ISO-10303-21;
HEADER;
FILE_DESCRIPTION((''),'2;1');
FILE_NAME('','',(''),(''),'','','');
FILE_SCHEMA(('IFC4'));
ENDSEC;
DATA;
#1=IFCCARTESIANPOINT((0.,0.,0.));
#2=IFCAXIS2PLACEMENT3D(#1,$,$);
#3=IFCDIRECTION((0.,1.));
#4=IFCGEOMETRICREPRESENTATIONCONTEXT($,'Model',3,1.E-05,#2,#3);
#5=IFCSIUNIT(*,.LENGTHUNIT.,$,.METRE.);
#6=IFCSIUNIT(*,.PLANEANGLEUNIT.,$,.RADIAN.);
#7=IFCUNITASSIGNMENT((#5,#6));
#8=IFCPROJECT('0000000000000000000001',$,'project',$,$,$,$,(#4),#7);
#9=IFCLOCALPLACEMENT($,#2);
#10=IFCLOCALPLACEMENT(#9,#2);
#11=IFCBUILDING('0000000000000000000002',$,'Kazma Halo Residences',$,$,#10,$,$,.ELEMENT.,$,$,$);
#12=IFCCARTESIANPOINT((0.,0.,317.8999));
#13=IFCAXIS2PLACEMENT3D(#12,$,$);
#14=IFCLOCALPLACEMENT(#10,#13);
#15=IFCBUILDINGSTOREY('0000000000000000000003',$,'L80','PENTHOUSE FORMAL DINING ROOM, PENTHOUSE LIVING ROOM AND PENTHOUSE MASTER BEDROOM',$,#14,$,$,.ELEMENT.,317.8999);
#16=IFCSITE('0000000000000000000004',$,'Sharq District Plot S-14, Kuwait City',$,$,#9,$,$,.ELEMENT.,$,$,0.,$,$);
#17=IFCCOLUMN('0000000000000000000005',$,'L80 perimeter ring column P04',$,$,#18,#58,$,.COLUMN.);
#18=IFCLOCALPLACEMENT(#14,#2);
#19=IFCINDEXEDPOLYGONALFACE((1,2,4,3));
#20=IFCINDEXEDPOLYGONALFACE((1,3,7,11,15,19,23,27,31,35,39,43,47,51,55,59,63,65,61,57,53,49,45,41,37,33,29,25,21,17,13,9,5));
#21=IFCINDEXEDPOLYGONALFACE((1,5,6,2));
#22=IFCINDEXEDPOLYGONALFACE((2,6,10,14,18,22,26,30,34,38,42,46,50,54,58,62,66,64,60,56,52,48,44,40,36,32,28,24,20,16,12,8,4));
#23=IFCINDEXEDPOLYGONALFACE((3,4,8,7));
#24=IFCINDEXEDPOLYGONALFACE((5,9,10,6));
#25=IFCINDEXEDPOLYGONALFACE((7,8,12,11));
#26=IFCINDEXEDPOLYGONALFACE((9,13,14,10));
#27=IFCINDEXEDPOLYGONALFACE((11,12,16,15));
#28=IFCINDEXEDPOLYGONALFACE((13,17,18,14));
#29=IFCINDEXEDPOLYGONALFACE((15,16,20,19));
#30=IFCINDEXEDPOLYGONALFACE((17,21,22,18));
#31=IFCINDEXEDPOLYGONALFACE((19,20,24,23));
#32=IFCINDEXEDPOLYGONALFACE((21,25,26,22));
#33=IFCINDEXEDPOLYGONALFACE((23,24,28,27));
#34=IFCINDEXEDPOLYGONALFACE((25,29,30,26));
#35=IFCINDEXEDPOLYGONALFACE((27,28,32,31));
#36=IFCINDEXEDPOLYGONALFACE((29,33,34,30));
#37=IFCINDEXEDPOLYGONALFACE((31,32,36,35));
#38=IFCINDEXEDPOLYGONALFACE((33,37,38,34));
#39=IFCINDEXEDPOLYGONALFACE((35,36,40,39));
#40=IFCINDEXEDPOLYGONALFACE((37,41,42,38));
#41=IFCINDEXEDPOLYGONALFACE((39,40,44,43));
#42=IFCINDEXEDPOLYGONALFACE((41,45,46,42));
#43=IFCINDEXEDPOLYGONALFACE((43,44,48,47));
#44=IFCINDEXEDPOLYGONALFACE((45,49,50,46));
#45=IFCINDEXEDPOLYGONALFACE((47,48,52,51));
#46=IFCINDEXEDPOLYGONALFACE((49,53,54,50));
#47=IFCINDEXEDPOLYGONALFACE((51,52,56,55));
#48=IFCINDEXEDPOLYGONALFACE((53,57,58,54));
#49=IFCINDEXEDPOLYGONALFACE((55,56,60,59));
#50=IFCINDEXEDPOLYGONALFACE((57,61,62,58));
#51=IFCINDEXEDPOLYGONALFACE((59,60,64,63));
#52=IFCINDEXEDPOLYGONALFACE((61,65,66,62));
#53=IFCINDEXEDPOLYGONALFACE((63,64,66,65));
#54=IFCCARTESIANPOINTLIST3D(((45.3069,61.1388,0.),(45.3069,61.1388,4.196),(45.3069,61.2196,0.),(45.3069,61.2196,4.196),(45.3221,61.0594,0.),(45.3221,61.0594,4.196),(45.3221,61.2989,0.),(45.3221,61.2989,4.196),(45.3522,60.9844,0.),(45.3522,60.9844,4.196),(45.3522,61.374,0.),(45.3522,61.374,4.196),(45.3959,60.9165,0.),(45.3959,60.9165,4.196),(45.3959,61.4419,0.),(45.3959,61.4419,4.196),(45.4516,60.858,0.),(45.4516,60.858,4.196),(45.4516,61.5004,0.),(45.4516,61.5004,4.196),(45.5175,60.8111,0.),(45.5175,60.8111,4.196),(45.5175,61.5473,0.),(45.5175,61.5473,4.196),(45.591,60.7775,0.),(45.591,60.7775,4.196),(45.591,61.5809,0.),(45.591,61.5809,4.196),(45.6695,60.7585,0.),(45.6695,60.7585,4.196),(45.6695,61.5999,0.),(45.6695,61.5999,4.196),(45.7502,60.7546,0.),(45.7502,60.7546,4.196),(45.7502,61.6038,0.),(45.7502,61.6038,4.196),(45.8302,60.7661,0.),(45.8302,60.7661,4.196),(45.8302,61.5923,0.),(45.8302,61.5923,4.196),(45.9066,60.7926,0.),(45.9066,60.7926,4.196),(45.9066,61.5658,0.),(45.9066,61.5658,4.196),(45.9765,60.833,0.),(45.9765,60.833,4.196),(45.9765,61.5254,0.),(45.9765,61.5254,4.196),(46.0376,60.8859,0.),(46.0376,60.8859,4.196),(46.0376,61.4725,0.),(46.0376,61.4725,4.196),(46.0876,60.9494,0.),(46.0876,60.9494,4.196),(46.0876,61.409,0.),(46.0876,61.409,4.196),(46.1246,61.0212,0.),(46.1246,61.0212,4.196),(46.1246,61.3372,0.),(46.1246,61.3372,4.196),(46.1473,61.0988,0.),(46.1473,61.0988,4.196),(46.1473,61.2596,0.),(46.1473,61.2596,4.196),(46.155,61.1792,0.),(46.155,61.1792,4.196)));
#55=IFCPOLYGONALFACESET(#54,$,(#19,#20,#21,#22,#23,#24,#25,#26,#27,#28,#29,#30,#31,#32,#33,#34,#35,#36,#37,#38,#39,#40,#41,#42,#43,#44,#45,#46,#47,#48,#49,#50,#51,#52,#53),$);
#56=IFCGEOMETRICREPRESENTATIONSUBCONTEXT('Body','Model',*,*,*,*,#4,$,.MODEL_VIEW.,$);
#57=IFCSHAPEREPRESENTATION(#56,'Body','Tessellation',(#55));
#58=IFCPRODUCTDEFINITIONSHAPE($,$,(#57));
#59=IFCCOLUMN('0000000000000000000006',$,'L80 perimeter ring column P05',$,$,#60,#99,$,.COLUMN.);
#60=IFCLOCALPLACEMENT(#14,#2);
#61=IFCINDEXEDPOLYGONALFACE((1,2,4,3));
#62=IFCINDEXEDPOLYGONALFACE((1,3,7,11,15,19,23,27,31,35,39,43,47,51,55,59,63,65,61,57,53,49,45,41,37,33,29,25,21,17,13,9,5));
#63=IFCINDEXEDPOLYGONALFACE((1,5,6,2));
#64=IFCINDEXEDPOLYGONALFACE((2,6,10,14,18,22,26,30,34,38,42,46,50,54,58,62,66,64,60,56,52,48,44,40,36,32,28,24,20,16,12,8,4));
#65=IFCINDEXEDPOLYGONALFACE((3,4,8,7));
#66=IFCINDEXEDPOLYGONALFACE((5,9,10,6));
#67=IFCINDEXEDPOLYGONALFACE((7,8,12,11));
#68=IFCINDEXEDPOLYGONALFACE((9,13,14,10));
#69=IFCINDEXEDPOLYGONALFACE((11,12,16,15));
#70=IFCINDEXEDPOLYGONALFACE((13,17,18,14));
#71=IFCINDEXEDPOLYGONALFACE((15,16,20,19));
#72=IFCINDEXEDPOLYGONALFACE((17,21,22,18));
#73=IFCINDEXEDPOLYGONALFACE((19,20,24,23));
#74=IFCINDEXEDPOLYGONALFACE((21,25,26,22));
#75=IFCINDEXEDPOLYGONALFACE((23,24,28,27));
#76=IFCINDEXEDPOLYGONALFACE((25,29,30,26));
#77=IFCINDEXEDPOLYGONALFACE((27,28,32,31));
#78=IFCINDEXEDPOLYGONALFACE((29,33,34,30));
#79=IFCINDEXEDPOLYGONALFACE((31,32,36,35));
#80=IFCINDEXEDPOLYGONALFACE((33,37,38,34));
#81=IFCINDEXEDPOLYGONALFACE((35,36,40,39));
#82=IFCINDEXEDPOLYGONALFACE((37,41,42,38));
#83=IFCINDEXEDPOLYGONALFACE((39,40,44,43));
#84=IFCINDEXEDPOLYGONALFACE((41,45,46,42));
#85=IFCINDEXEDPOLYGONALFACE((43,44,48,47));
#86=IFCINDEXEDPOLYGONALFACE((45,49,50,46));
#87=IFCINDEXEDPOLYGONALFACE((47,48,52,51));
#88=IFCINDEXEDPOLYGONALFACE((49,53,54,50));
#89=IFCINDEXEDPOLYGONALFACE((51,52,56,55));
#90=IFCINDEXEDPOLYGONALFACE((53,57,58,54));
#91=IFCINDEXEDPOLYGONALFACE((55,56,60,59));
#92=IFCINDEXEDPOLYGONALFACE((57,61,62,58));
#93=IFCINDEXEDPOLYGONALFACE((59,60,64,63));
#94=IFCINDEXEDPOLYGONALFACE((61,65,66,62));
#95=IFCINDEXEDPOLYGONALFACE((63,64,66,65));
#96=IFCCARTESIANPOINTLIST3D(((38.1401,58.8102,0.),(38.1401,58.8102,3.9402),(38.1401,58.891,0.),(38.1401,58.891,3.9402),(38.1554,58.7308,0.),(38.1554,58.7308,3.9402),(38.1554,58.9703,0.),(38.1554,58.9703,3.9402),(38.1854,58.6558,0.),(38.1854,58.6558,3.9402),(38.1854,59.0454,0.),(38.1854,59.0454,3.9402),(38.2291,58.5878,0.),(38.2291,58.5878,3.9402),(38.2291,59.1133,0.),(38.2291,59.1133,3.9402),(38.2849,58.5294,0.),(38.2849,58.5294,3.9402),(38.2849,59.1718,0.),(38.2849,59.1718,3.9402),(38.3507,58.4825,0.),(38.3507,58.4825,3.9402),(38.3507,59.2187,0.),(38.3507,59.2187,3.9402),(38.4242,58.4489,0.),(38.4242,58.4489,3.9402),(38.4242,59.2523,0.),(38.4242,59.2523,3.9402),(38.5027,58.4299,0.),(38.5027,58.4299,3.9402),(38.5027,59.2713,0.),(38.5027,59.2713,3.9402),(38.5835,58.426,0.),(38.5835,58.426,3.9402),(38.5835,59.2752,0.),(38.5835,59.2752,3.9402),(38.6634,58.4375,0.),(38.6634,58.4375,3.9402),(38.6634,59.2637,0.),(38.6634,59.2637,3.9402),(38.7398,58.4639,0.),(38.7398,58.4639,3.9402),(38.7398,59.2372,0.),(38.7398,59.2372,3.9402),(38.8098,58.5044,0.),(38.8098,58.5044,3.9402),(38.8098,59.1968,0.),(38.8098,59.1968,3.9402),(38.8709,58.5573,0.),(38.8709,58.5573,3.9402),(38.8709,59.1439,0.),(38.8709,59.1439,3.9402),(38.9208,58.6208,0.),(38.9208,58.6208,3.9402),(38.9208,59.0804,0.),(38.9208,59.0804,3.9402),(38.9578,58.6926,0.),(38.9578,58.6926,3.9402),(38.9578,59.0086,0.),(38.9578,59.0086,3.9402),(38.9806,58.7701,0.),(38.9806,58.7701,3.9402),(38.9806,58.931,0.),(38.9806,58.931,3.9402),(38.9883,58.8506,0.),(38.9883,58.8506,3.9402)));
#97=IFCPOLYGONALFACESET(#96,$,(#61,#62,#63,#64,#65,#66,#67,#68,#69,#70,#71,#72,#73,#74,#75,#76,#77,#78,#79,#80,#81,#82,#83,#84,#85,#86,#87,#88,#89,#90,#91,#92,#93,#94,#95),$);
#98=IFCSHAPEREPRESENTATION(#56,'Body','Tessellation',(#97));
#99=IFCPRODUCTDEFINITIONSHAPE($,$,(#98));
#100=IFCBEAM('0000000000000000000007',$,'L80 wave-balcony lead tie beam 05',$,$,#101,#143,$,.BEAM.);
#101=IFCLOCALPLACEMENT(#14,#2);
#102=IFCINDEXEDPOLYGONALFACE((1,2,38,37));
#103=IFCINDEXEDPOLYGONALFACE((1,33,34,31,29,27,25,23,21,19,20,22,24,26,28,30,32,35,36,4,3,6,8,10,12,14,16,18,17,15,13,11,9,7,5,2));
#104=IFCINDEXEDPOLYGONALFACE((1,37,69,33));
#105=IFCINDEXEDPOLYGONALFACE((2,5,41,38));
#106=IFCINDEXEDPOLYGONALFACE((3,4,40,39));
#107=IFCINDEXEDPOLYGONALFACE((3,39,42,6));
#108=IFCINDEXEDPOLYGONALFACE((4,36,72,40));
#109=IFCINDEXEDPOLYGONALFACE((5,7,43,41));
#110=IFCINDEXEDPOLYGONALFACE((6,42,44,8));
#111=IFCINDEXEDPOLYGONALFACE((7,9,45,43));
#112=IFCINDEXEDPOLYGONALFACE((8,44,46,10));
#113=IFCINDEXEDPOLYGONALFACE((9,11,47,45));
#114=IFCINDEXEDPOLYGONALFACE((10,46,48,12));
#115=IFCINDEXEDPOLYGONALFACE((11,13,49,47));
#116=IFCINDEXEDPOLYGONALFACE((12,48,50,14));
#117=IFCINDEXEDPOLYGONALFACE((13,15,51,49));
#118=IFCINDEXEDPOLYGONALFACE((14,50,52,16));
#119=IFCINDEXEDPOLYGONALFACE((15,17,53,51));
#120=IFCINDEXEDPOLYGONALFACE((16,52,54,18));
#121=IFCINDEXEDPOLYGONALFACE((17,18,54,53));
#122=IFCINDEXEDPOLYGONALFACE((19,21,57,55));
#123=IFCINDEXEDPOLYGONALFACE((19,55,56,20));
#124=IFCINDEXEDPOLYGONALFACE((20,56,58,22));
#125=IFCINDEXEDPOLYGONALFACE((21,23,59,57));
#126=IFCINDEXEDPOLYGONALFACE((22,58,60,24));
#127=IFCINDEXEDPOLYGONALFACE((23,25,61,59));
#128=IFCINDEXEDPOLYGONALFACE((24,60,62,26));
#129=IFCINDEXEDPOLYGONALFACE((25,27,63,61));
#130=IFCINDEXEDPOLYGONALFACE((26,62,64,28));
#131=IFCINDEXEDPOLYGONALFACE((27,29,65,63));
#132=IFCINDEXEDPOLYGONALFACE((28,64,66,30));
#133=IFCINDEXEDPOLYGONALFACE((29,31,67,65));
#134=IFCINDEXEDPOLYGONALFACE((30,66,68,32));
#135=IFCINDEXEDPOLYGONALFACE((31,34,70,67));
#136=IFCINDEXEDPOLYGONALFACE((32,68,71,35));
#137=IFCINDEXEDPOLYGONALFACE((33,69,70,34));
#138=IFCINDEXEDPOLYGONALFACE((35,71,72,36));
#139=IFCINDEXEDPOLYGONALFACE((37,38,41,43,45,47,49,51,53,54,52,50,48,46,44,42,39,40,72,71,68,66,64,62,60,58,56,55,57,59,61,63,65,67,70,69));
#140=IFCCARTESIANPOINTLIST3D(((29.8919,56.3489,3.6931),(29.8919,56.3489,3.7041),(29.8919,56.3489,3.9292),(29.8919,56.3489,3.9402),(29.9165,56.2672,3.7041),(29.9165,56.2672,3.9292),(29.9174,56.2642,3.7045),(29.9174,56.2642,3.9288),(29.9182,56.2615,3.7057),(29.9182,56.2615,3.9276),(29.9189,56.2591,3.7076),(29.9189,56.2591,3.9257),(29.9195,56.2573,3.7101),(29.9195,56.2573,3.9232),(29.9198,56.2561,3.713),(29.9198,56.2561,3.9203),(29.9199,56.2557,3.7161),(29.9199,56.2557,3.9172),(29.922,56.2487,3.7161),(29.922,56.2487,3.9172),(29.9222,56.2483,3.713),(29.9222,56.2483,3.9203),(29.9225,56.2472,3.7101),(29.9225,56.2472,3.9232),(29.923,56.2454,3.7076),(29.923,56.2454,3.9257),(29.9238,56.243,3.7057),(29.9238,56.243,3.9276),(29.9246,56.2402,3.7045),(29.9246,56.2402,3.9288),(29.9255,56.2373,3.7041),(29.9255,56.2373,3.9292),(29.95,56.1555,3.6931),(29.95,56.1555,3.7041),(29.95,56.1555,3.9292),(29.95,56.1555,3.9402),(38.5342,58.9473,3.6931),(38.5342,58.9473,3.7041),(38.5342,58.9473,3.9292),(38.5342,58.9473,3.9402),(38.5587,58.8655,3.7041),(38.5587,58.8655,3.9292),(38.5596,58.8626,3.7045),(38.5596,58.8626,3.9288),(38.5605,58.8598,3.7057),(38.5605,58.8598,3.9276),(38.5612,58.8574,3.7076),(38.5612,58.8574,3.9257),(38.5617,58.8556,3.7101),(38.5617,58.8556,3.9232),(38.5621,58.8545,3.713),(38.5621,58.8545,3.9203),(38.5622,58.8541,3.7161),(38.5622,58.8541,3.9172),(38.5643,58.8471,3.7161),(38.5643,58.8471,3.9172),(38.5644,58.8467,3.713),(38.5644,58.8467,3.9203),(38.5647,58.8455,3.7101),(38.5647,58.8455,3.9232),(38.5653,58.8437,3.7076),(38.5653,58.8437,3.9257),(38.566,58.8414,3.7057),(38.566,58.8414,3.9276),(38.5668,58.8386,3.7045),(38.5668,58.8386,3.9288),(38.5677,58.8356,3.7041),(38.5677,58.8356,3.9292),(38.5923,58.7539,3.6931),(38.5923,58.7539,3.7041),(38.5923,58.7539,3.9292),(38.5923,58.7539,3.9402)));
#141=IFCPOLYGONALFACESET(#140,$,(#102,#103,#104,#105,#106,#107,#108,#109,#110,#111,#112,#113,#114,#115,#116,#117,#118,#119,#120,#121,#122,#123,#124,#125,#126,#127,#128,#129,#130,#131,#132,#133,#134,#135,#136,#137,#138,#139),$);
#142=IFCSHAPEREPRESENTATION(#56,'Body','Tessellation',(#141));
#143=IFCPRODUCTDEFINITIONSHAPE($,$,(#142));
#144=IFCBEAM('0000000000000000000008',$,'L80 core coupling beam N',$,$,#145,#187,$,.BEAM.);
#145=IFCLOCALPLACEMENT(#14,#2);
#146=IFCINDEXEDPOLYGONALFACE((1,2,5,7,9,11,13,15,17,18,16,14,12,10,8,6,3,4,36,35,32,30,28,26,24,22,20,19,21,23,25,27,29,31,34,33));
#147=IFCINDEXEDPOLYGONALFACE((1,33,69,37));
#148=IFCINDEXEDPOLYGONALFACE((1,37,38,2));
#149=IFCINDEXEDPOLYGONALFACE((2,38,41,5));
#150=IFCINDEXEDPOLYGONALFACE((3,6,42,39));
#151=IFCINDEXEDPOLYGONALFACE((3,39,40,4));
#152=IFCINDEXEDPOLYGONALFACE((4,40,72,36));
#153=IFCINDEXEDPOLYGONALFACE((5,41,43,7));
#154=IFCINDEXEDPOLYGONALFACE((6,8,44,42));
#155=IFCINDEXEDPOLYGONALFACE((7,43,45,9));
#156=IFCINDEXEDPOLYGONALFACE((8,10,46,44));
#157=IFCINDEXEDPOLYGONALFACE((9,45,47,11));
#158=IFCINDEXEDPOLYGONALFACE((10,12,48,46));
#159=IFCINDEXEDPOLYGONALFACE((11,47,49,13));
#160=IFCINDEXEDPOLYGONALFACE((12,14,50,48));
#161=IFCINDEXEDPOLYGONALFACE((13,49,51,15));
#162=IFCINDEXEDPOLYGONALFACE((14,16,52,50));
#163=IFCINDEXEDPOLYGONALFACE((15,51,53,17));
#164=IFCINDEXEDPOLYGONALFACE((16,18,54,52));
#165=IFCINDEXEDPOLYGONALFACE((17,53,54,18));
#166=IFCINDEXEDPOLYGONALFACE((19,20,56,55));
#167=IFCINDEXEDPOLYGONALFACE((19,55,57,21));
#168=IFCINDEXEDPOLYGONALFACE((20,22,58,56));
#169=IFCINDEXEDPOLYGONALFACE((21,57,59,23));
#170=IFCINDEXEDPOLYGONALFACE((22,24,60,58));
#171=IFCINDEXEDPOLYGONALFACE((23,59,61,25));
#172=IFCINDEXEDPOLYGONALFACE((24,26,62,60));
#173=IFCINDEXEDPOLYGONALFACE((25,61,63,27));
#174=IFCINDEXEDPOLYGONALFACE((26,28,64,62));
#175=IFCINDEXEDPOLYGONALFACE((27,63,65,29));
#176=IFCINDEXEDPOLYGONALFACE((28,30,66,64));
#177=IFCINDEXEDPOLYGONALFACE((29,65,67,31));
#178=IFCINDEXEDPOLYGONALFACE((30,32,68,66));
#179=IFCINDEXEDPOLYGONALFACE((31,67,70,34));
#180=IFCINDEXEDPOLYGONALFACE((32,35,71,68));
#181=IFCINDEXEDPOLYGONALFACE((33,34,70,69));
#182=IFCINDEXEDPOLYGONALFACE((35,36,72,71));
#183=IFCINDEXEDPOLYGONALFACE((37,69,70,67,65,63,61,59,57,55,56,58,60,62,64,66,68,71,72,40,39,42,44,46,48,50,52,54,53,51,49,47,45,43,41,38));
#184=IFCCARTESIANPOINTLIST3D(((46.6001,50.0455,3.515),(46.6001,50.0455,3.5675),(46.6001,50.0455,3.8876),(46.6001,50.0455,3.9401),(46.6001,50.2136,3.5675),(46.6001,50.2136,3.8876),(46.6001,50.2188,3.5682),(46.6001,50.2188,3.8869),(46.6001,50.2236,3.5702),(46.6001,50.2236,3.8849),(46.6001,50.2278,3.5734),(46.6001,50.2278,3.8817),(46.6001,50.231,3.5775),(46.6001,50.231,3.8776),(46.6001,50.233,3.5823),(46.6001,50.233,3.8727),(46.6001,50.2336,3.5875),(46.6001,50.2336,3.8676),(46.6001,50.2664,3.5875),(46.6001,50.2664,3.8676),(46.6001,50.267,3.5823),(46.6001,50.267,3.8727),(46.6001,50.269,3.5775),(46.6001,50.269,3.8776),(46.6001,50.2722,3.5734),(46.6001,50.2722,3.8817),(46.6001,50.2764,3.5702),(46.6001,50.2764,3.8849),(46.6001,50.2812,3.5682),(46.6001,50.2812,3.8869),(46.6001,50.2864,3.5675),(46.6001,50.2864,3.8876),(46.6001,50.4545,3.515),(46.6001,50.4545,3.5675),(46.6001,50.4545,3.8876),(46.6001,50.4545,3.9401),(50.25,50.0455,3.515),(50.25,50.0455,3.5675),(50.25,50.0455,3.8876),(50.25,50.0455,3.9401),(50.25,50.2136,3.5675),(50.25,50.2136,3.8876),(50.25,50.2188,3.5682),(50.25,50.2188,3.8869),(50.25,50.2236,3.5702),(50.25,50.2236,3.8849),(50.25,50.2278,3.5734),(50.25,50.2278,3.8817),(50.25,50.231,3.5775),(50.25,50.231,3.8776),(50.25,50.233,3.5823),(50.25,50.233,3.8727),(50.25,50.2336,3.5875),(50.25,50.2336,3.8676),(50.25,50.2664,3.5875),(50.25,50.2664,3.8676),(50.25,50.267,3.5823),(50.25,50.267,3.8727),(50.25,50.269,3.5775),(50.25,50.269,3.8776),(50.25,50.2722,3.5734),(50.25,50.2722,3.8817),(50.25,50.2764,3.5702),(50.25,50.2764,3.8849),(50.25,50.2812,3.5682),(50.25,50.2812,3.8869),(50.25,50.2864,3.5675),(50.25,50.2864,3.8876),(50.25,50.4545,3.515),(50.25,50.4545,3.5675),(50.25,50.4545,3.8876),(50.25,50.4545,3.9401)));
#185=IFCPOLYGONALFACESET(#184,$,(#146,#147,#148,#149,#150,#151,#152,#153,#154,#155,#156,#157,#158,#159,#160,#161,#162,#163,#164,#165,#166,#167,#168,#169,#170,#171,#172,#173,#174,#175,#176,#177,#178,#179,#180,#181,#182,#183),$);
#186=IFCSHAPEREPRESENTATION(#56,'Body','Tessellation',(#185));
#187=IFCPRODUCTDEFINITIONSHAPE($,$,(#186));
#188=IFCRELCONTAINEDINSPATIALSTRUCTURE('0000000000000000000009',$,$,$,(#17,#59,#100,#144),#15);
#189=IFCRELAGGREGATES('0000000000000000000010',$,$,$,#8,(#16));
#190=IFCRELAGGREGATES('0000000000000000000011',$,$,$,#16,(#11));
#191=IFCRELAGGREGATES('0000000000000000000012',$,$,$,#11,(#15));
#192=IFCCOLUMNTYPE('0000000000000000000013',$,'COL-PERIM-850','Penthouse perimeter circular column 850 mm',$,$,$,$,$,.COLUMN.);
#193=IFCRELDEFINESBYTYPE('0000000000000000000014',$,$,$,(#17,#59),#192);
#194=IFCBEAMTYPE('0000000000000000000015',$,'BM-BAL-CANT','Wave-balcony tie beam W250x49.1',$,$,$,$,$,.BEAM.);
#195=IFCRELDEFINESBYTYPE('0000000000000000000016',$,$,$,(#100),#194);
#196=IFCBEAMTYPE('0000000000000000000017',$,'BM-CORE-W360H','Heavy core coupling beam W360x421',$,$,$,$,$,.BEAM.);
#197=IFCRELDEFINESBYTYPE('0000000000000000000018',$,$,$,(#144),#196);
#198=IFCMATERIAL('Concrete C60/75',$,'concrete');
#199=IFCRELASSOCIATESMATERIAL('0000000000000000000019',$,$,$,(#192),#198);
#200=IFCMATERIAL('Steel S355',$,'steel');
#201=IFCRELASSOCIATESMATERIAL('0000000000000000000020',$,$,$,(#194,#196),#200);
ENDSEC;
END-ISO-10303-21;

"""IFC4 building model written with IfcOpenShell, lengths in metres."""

from ifc_helpers import new_model, si_unit, direction, frame, origin, origin_2d, place, context, subcontext, project, spatial, circle, i_section, extrude, material, material_profile, profile_set, type_object, element, save


model = new_model("IFC4")

# Units and contexts
model_context = context("Model", 3, precision=1e-05, world=origin(), true_north=direction((0.0, 1.0)))
body_context = subcontext(model_context, "Body", "Model", "MODEL_VIEW")
ifc_project = project(units=[si_unit("LENGTHUNIT", "METRE"), si_unit("PLANEANGLEUNIT", "RADIAN")], contexts=[model_context])

# Site, building, storey
site_placement = place(None, origin())
site = spatial("IfcSite", under=ifc_project, at=site_placement, Name="Sharq District Plot S-14, Kuwait City", CompositionType="ELEMENT", RefElevation=0.0)
building_placement = place(site_placement, origin())
building = spatial("IfcBuilding", under=site, at=building_placement, Name="Kazma Halo Residences", CompositionType="ELEMENT")
storey_placement = place(building_placement, frame((0.0, 0.0, 317.8999)))
storey = spatial("IfcBuildingStorey", under=building, at=storey_placement, Name="L80", Description="PENTHOUSE FORMAL DINING ROOM, PENTHOUSE LIVING ROOM AND PENTHOUSE MASTER BEDROOM", CompositionType="ELEMENT", Elevation=317.8999)

# Columns
ifc_material_1 = material(Name="Concrete C60/75", Category="concrete")
ifc_material_profile_1 = material_profile(ifc_material_1, circle(Radius=0.425, at=origin_2d()), Name="CIRC850")
ifc_profile_set_1 = profile_set([ifc_material_profile_1], Name="Concrete C60/75")
column_type = type_object("IfcColumnType", Name="COL-PERIM-850", Description="Penthouse perimeter circular column 850 mm", PredefinedType="COLUMN", material=ifc_profile_set_1)
column_1_placement = place(storey_placement, frame((45.73, 61.1792, 0.0), z_axis=(0.0, 0.0, 1.0), x_axis=(1.0, 0.0, 0.0)))
element("IfcColumn", 1, at=column_1_placement, inside=storey, type_object=column_type, Name="L80 perimeter ring column P04", PredefinedType="COLUMN", context=body_context, shape_type="SweptSolid", body=[
    extrude(circle(Radius=0.425, at=origin_2d()), origin(), (0.0, 0.0, 1.0), 4.196),
])
column_2_placement = place(storey_placement, frame((38.5632, 58.8506, 0.0), z_axis=(0.0, 0.0, 1.0), x_axis=(1.0, 0.0, 0.0)))
element("IfcColumn", 2, at=column_2_placement, inside=storey, type_object=column_type, Name="L80 perimeter ring column P05", PredefinedType="COLUMN", context=body_context, shape_type="SweptSolid", body=[
    extrude(circle(Radius=0.425, at=origin_2d()), origin(), (0.0, 0.0, 1.0), 3.9402),
])

# Beams
ifc_material_2 = material(Name="Steel S355", Category="steel")
ifc_material_profile_2 = material_profile(ifc_material_2, i_section(OverallWidth=0.2019, OverallDepth=0.2471, WebThickness=0.0073, FlangeThickness=0.011, FilletRadius=0.012, at=origin_2d()), Name="W250x49.1")
ifc_profile_set_2 = profile_set([ifc_material_profile_2], Name="Steel S355")
beam_type_1 = type_object("IfcBeamType", Name="BM-BAL-CANT", Description="Wave-balcony tie beam W250x49.1", PredefinedType="BEAM", material=ifc_profile_set_2)
beam_1_placement = place(storey_placement, frame((38.5632, 58.8506, 3.8167), z_axis=(-0.957653, -0.287926, 0.0), x_axis=(0.287926, -0.957653, 0.0)))
element("IfcBeam", 3, at=beam_1_placement, inside=storey, type_object=beam_type_1, Name="L80 wave-balcony lead tie beam 05", PredefinedType="BEAM", context=body_context, shape_type="SweptSolid", body=[
    extrude(i_section(OverallWidth=0.2019, OverallDepth=0.2471, WebThickness=0.0073, FlangeThickness=0.011, FilletRadius=0.012, at=origin_2d()), origin(), (0.0, 0.0, 1.0), 9.0244),
])
ifc_material_profile_3 = material_profile(ifc_material_2, i_section(OverallWidth=0.4089, OverallDepth=0.425, WebThickness=0.0327, FlangeThickness=0.0525, FilletRadius=0.02, at=origin_2d()), Name="W360x421")
ifc_profile_set_3 = profile_set([ifc_material_profile_3], Name="Steel S355")
beam_type_2 = type_object("IfcBeamType", Name="BM-CORE-W360H", Description="Heavy core coupling beam W360x421", PredefinedType="BEAM", material=ifc_profile_set_3)
beam_2_placement = place(storey_placement, frame((46.6001, 50.25, 3.7275), z_axis=(1.0, 0.0, 0.0), x_axis=(0.0, 1.0, 0.0)))
element("IfcBeam", 4, at=beam_2_placement, inside=storey, type_object=beam_type_2, Name="L80 core coupling beam N", PredefinedType="BEAM", context=body_context, shape_type="SweptSolid", body=[
    extrude(i_section(OverallWidth=0.4089, OverallDepth=0.425, WebThickness=0.0327, FlangeThickness=0.0525, FilletRadius=0.02, at=origin_2d()), origin(), (0.0, 0.0, 1.0), 3.6499),
])

save(model, "model.ifc")
